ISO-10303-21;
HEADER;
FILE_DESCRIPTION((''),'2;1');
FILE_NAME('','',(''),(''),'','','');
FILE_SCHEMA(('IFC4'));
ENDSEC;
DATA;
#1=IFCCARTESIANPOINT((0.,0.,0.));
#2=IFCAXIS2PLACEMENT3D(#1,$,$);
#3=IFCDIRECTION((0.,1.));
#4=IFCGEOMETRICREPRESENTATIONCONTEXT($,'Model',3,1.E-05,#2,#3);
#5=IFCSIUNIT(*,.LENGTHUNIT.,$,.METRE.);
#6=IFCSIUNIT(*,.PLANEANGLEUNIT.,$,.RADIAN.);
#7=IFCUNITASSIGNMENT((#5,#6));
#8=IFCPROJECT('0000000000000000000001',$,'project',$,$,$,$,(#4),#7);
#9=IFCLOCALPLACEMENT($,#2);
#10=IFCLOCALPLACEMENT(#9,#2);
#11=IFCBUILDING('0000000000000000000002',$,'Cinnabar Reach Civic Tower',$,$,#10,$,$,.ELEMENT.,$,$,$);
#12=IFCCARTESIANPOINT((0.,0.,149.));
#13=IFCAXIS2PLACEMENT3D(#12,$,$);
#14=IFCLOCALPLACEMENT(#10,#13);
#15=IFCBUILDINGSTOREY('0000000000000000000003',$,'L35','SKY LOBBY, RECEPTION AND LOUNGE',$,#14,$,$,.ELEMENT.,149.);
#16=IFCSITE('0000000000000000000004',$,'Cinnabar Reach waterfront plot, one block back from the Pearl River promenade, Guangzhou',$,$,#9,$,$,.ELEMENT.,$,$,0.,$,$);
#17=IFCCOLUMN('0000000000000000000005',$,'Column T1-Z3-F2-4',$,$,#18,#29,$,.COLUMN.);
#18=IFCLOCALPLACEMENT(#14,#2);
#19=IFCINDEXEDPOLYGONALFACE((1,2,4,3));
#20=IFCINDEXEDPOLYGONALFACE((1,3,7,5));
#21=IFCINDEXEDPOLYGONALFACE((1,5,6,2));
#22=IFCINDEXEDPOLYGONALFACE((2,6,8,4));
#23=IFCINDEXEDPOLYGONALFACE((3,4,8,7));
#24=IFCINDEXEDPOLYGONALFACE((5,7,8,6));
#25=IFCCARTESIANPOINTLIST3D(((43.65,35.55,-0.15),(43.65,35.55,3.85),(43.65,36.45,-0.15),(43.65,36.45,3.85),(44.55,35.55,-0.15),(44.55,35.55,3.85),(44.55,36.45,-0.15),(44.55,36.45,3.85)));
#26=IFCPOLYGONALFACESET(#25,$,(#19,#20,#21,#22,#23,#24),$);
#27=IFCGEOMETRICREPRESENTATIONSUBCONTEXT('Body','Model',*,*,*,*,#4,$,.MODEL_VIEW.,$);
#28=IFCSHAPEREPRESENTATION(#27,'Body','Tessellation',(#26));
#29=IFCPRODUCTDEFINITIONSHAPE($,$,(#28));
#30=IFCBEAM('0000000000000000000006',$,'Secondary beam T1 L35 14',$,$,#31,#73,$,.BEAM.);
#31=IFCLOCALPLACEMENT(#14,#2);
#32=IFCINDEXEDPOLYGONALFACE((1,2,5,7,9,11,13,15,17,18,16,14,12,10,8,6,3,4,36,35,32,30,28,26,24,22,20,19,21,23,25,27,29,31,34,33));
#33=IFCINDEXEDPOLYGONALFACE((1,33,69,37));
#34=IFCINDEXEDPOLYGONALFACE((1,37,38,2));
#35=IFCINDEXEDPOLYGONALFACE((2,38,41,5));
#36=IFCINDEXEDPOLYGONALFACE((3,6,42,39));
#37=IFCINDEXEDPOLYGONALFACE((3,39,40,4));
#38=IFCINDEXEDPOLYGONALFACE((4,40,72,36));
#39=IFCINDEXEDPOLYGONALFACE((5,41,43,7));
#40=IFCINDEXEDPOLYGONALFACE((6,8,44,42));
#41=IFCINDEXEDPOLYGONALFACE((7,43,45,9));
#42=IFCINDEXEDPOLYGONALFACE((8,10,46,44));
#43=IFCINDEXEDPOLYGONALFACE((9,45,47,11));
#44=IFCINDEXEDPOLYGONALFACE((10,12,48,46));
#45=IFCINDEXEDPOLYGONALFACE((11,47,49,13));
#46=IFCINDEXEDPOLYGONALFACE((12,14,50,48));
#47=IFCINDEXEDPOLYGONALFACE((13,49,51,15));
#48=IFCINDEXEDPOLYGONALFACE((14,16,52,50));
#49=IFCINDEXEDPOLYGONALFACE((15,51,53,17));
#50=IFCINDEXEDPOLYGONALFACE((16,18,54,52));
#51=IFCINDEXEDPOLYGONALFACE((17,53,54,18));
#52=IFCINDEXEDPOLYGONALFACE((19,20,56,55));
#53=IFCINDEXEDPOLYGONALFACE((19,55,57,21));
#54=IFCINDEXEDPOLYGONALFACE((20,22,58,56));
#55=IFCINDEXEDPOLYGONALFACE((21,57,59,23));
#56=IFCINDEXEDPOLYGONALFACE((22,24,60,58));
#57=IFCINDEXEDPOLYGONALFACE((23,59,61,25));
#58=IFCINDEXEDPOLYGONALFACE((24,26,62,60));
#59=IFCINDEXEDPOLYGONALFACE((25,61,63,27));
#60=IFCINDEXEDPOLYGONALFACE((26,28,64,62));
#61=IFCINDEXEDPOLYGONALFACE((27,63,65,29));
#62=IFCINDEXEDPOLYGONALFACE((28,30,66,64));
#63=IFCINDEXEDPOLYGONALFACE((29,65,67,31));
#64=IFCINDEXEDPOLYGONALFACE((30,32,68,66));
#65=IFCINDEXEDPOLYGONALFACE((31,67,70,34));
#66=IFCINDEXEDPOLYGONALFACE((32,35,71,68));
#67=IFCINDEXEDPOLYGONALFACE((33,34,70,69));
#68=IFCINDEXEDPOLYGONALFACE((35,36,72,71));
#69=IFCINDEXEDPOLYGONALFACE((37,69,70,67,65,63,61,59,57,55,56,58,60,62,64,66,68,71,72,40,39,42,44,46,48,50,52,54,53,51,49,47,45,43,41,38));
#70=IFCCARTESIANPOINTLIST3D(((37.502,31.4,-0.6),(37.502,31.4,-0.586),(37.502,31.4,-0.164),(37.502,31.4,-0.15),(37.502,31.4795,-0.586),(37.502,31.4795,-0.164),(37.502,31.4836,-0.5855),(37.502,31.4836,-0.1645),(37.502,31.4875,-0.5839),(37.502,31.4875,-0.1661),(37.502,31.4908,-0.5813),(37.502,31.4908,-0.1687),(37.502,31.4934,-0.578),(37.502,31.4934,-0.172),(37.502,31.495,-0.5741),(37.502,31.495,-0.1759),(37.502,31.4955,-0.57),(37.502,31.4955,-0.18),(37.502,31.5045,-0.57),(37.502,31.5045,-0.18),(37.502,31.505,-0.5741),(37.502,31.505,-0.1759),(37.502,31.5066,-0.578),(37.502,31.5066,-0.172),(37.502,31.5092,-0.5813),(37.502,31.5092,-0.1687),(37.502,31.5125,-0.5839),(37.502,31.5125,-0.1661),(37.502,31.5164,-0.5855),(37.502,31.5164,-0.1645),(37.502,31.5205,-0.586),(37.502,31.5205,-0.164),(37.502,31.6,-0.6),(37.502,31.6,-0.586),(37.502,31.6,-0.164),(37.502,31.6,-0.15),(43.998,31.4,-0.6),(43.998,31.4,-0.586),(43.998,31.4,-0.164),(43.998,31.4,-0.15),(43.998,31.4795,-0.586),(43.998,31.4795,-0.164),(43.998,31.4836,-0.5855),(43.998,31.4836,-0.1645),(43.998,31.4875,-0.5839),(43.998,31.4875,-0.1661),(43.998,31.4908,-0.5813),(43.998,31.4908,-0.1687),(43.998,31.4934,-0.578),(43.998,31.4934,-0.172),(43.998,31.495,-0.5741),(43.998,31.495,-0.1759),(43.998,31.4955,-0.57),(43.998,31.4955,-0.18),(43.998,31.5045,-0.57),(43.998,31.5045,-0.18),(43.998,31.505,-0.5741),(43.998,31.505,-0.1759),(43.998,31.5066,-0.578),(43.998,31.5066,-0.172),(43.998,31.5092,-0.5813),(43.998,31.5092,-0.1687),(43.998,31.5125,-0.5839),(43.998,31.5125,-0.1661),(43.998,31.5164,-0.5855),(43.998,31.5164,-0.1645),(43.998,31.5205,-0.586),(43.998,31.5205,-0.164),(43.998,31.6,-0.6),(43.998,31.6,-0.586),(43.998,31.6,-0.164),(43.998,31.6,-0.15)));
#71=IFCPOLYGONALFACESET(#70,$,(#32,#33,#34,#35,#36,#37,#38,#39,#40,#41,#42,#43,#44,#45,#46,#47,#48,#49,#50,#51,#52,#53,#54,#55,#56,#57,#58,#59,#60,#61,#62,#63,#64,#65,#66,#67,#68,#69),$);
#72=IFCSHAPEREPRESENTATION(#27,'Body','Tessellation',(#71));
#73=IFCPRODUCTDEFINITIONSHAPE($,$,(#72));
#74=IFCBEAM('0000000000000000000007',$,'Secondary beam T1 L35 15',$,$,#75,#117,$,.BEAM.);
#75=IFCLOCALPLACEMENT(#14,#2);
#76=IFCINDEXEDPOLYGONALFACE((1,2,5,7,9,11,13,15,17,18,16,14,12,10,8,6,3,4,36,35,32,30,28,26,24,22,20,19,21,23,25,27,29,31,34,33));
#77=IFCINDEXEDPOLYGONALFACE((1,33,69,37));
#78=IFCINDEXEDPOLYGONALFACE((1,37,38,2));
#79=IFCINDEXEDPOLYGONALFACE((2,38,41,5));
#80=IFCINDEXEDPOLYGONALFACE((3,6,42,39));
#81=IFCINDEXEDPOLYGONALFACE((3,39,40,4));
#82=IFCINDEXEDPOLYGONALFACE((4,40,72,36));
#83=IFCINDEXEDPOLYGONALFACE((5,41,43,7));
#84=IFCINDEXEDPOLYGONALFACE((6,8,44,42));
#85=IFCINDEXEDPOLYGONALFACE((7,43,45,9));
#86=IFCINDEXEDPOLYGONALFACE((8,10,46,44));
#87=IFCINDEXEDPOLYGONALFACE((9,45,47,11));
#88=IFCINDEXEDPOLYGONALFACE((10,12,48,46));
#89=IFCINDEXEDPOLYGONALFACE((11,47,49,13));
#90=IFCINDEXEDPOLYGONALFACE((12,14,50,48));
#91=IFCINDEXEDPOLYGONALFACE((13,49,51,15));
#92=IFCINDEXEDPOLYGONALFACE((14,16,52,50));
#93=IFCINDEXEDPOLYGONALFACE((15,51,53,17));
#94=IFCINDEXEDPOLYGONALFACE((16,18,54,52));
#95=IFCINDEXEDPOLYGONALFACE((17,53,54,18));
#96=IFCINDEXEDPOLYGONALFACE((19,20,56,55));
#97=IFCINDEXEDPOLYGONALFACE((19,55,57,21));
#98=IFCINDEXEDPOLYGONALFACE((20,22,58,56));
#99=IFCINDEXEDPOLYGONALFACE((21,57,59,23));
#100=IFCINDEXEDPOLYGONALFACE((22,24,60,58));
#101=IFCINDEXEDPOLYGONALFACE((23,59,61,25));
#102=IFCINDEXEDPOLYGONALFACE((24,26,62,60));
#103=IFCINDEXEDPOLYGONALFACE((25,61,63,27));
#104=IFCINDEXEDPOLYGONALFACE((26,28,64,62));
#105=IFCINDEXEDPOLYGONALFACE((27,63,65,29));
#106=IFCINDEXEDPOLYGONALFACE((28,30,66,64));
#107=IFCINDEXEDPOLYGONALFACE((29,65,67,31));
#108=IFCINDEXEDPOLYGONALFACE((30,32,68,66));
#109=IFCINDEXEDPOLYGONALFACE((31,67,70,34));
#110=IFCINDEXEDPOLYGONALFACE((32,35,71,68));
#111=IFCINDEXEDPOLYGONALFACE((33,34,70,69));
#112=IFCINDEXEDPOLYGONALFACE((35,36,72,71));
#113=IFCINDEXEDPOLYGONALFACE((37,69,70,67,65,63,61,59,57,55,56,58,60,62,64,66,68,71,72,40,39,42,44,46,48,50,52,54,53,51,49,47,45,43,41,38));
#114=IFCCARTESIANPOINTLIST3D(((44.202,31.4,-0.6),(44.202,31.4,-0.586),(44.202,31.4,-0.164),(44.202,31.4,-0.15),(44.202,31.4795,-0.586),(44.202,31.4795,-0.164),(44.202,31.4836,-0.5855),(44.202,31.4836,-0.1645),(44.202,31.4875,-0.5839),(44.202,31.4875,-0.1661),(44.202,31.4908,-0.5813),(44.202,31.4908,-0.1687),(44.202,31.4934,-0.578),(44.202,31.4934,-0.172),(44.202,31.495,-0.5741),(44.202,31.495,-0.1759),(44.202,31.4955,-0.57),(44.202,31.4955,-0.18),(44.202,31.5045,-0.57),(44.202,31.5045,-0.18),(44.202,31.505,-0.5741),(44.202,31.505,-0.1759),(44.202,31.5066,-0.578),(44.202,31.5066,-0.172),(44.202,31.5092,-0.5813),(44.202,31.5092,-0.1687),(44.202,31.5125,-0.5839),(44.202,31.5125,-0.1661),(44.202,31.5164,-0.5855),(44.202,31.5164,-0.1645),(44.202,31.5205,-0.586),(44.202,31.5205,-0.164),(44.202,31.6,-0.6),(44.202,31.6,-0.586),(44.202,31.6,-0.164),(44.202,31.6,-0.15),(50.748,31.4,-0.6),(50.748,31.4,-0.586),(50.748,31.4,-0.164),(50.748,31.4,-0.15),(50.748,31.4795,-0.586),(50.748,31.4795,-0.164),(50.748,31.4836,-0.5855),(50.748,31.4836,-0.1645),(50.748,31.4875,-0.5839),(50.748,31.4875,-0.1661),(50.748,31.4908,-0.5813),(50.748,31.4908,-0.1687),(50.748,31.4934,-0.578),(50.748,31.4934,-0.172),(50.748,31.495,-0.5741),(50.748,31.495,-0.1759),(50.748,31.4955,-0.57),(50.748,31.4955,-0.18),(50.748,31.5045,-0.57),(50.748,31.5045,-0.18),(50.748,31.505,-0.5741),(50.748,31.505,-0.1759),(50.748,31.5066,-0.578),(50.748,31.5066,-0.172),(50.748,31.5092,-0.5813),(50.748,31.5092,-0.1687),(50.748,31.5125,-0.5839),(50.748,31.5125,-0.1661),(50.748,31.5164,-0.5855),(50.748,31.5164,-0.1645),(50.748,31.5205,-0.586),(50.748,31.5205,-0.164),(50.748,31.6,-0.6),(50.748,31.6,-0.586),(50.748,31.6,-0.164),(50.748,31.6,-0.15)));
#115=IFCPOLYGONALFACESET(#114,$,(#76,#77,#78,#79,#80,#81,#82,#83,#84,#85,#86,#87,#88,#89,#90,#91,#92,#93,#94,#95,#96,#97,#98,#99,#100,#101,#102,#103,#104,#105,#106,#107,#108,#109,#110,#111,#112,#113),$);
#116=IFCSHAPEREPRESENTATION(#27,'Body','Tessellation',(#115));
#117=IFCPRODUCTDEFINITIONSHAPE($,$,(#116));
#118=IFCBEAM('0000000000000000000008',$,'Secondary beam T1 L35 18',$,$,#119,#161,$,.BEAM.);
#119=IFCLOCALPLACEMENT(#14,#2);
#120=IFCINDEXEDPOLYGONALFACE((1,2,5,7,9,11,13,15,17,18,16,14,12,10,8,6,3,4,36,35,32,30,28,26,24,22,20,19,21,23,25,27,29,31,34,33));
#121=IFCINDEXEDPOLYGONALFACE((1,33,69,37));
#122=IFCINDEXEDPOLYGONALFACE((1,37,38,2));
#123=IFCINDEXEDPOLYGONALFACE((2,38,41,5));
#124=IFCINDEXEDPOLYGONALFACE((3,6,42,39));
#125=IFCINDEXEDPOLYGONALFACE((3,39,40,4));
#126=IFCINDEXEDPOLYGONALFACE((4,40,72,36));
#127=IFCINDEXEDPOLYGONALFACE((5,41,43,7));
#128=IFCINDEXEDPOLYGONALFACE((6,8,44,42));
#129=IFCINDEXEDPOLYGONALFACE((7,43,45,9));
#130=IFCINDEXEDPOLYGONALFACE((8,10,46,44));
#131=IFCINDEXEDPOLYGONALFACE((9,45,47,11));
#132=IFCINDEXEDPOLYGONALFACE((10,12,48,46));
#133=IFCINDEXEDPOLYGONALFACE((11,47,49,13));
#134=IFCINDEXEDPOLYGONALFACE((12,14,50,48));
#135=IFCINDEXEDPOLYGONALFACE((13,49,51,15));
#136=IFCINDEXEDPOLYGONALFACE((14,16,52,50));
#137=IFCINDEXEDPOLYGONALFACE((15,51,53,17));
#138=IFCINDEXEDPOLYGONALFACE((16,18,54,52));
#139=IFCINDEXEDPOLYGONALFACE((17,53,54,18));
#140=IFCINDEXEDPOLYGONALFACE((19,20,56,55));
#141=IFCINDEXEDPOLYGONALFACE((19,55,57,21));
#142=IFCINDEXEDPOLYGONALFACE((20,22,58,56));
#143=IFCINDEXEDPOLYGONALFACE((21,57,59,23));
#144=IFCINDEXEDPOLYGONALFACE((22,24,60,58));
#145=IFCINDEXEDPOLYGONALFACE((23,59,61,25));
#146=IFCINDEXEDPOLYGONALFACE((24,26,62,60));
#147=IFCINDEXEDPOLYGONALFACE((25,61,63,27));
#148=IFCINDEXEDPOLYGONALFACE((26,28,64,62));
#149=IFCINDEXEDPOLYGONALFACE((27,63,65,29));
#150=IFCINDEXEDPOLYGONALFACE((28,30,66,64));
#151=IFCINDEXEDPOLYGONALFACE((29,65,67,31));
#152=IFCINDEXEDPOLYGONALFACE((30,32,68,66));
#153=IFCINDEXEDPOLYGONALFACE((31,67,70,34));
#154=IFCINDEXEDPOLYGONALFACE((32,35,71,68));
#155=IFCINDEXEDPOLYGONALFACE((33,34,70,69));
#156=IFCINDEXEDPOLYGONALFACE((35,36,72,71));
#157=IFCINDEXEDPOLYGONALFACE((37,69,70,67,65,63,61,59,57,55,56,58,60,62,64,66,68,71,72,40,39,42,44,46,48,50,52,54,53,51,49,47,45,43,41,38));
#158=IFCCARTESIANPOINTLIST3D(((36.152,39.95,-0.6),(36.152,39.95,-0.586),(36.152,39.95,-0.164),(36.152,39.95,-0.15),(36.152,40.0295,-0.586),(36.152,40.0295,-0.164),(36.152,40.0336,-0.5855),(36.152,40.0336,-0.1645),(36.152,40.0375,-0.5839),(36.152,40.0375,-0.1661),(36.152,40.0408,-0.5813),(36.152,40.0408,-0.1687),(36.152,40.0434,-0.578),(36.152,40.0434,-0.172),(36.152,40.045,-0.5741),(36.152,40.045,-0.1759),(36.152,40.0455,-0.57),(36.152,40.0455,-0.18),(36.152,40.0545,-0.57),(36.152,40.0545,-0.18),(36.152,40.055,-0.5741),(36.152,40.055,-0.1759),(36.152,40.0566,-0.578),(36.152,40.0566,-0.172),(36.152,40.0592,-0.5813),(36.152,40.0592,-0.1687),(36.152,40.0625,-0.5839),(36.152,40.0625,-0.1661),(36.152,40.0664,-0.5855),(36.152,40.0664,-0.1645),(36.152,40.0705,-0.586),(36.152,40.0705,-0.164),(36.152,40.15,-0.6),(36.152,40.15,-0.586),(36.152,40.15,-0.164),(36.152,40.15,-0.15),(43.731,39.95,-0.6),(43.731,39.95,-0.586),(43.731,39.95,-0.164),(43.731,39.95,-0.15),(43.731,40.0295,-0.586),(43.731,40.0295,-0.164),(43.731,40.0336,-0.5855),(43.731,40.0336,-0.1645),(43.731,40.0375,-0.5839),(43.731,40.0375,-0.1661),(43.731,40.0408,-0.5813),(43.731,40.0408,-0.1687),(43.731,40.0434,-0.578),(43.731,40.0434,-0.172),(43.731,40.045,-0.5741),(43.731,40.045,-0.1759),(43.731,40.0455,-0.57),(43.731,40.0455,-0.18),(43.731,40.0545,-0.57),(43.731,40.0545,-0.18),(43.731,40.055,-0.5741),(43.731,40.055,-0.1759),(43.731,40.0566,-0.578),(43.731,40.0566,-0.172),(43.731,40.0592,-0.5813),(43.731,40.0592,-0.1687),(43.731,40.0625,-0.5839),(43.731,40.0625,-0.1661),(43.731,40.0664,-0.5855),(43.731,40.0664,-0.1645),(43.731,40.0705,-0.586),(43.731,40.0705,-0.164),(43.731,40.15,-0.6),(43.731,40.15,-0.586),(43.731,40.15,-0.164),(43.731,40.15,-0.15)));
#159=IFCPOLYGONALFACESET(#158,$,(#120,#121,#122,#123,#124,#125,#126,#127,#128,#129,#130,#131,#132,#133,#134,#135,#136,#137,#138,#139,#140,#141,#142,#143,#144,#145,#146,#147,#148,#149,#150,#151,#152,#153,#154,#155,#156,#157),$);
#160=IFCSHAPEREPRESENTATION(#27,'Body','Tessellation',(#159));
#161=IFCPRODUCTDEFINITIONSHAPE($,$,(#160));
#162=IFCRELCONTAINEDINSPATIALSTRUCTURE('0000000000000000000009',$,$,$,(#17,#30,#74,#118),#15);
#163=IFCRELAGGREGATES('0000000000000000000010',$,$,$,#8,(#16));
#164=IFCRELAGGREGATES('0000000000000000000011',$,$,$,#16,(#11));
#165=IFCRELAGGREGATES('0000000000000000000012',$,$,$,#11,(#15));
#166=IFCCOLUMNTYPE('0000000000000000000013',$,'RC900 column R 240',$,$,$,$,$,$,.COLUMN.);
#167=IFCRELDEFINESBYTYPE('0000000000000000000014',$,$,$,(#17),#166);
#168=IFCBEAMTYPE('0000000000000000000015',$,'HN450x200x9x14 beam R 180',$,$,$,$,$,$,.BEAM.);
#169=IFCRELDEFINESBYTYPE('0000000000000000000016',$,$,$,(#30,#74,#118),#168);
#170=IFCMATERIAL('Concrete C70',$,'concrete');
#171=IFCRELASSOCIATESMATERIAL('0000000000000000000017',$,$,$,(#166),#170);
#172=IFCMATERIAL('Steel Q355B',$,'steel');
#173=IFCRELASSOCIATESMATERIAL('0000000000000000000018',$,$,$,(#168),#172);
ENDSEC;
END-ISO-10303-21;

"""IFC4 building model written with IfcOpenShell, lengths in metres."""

from ifc_helpers import new_model, si_unit, direction, frame, origin, origin_2d, place, context, subcontext, project, spatial, rectangle, i_section, extrude, material, material_profile, profile_set, type_object, element, save


model = new_model("IFC4")

# Units and contexts
model_context = context("Model", 3, precision=1e-05, world=origin(), true_north=direction((0.0, 1.0)))
body_context = subcontext(model_context, "Body", "Model", "MODEL_VIEW")
ifc_project = project(units=[si_unit("LENGTHUNIT", "METRE"), si_unit("PLANEANGLEUNIT", "RADIAN")], contexts=[model_context])

# Site, building, storey
site_placement = place(None, origin())
site = spatial("IfcSite", under=ifc_project, at=site_placement, Name="Cinnabar Reach waterfront plot, one block back from the Pearl River promenade, Guangzhou", CompositionType="ELEMENT", RefElevation=0.0)
building_placement = place(site_placement, origin())
building = spatial("IfcBuilding", under=site, at=building_placement, Name="Cinnabar Reach Civic Tower", CompositionType="ELEMENT")
storey_placement = place(building_placement, frame((0.0, 0.0, 149.0)))
storey = spatial("IfcBuildingStorey", under=building, at=storey_placement, Name="L35", Description="SKY LOBBY, RECEPTION AND LOUNGE", CompositionType="ELEMENT", Elevation=149.0)

# Column
ifc_material_1 = material(Name="Concrete C70", Category="concrete")
ifc_material_profile_1 = material_profile(ifc_material_1, rectangle(XDim=0.9, YDim=0.9, at=origin_2d()), Name="RC900")
ifc_profile_set_1 = profile_set([ifc_material_profile_1], Name="Concrete C70")
column_type = type_object("IfcColumnType", Name="RC900 column R 240", PredefinedType="COLUMN", material=ifc_profile_set_1)
column_placement = place(storey_placement, frame((44.1, 36.0, -0.15), z_axis=(0.0, 0.0, 1.0), x_axis=(1.0, 0.0, 0.0)))
element("IfcColumn", 1, at=column_placement, inside=storey, type_object=column_type, Name="Column T1-Z3-F2-4", PredefinedType="COLUMN", context=body_context, shape_type="SweptSolid", body=[
    extrude(rectangle(XDim=0.9, YDim=0.9, at=origin_2d()), origin(), (0.0, 0.0, 1.0), 4.0),
])

# Beams
ifc_material_2 = material(Name="Steel Q355B", Category="steel")
ifc_material_profile_2 = material_profile(ifc_material_2, i_section(OverallWidth=0.2, OverallDepth=0.45, WebThickness=0.009, FlangeThickness=0.014, FilletRadius=0.016, at=origin_2d()), Name="HN450x200x9x14")
ifc_profile_set_2 = profile_set([ifc_material_profile_2], Name="Steel Q355B")
beam_type_1 = type_object("IfcBeamType", Name="HN450x200x9x14 beam R 180", PredefinedType="BEAM", material=ifc_profile_set_2)
beam_1_placement = place(storey_placement, frame((37.502, 31.5, -0.375), z_axis=(1.0, 0.0, 0.0), x_axis=(0.0, 1.0, 0.0)))
element("IfcBeam", 2, at=beam_1_placement, inside=storey, type_object=beam_type_1, Name="Secondary beam T1 L35 14", PredefinedType="BEAM", context=body_context, shape_type="SweptSolid", body=[
    extrude(i_section(OverallWidth=0.2, OverallDepth=0.45, WebThickness=0.009, FlangeThickness=0.014, FilletRadius=0.016, at=origin_2d()), origin(), (0.0, 0.0, 1.0), 6.496),
])
beam_2_placement = place(storey_placement, frame((44.202, 31.5, -0.375), z_axis=(1.0, 0.0, 0.0), x_axis=(0.0, 1.0, 0.0)))
element("IfcBeam", 3, at=beam_2_placement, inside=storey, type_object=beam_type_1, Name="Secondary beam T1 L35 15", PredefinedType="BEAM", context=body_context, shape_type="SweptSolid", body=[
    extrude(i_section(OverallWidth=0.2, OverallDepth=0.45, WebThickness=0.009, FlangeThickness=0.014, FilletRadius=0.016, at=origin_2d()), origin(), (0.0, 0.0, 1.0), 6.546),
])
beam_3_placement = place(storey_placement, frame((36.152, 40.05, -0.375), z_axis=(1.0, 0.0, 0.0), x_axis=(0.0, 1.0, 0.0)))
element("IfcBeam", 4, at=beam_3_placement, inside=storey, type_object=beam_type_1, Name="Secondary beam T1 L35 18", PredefinedType="BEAM", context=body_context, shape_type="SweptSolid", body=[
    extrude(i_section(OverallWidth=0.2, OverallDepth=0.45, WebThickness=0.009, FlangeThickness=0.014, FilletRadius=0.016, at=origin_2d()), origin(), (0.0, 0.0, 1.0), 7.579),
])

save(model, "model.ifc")
